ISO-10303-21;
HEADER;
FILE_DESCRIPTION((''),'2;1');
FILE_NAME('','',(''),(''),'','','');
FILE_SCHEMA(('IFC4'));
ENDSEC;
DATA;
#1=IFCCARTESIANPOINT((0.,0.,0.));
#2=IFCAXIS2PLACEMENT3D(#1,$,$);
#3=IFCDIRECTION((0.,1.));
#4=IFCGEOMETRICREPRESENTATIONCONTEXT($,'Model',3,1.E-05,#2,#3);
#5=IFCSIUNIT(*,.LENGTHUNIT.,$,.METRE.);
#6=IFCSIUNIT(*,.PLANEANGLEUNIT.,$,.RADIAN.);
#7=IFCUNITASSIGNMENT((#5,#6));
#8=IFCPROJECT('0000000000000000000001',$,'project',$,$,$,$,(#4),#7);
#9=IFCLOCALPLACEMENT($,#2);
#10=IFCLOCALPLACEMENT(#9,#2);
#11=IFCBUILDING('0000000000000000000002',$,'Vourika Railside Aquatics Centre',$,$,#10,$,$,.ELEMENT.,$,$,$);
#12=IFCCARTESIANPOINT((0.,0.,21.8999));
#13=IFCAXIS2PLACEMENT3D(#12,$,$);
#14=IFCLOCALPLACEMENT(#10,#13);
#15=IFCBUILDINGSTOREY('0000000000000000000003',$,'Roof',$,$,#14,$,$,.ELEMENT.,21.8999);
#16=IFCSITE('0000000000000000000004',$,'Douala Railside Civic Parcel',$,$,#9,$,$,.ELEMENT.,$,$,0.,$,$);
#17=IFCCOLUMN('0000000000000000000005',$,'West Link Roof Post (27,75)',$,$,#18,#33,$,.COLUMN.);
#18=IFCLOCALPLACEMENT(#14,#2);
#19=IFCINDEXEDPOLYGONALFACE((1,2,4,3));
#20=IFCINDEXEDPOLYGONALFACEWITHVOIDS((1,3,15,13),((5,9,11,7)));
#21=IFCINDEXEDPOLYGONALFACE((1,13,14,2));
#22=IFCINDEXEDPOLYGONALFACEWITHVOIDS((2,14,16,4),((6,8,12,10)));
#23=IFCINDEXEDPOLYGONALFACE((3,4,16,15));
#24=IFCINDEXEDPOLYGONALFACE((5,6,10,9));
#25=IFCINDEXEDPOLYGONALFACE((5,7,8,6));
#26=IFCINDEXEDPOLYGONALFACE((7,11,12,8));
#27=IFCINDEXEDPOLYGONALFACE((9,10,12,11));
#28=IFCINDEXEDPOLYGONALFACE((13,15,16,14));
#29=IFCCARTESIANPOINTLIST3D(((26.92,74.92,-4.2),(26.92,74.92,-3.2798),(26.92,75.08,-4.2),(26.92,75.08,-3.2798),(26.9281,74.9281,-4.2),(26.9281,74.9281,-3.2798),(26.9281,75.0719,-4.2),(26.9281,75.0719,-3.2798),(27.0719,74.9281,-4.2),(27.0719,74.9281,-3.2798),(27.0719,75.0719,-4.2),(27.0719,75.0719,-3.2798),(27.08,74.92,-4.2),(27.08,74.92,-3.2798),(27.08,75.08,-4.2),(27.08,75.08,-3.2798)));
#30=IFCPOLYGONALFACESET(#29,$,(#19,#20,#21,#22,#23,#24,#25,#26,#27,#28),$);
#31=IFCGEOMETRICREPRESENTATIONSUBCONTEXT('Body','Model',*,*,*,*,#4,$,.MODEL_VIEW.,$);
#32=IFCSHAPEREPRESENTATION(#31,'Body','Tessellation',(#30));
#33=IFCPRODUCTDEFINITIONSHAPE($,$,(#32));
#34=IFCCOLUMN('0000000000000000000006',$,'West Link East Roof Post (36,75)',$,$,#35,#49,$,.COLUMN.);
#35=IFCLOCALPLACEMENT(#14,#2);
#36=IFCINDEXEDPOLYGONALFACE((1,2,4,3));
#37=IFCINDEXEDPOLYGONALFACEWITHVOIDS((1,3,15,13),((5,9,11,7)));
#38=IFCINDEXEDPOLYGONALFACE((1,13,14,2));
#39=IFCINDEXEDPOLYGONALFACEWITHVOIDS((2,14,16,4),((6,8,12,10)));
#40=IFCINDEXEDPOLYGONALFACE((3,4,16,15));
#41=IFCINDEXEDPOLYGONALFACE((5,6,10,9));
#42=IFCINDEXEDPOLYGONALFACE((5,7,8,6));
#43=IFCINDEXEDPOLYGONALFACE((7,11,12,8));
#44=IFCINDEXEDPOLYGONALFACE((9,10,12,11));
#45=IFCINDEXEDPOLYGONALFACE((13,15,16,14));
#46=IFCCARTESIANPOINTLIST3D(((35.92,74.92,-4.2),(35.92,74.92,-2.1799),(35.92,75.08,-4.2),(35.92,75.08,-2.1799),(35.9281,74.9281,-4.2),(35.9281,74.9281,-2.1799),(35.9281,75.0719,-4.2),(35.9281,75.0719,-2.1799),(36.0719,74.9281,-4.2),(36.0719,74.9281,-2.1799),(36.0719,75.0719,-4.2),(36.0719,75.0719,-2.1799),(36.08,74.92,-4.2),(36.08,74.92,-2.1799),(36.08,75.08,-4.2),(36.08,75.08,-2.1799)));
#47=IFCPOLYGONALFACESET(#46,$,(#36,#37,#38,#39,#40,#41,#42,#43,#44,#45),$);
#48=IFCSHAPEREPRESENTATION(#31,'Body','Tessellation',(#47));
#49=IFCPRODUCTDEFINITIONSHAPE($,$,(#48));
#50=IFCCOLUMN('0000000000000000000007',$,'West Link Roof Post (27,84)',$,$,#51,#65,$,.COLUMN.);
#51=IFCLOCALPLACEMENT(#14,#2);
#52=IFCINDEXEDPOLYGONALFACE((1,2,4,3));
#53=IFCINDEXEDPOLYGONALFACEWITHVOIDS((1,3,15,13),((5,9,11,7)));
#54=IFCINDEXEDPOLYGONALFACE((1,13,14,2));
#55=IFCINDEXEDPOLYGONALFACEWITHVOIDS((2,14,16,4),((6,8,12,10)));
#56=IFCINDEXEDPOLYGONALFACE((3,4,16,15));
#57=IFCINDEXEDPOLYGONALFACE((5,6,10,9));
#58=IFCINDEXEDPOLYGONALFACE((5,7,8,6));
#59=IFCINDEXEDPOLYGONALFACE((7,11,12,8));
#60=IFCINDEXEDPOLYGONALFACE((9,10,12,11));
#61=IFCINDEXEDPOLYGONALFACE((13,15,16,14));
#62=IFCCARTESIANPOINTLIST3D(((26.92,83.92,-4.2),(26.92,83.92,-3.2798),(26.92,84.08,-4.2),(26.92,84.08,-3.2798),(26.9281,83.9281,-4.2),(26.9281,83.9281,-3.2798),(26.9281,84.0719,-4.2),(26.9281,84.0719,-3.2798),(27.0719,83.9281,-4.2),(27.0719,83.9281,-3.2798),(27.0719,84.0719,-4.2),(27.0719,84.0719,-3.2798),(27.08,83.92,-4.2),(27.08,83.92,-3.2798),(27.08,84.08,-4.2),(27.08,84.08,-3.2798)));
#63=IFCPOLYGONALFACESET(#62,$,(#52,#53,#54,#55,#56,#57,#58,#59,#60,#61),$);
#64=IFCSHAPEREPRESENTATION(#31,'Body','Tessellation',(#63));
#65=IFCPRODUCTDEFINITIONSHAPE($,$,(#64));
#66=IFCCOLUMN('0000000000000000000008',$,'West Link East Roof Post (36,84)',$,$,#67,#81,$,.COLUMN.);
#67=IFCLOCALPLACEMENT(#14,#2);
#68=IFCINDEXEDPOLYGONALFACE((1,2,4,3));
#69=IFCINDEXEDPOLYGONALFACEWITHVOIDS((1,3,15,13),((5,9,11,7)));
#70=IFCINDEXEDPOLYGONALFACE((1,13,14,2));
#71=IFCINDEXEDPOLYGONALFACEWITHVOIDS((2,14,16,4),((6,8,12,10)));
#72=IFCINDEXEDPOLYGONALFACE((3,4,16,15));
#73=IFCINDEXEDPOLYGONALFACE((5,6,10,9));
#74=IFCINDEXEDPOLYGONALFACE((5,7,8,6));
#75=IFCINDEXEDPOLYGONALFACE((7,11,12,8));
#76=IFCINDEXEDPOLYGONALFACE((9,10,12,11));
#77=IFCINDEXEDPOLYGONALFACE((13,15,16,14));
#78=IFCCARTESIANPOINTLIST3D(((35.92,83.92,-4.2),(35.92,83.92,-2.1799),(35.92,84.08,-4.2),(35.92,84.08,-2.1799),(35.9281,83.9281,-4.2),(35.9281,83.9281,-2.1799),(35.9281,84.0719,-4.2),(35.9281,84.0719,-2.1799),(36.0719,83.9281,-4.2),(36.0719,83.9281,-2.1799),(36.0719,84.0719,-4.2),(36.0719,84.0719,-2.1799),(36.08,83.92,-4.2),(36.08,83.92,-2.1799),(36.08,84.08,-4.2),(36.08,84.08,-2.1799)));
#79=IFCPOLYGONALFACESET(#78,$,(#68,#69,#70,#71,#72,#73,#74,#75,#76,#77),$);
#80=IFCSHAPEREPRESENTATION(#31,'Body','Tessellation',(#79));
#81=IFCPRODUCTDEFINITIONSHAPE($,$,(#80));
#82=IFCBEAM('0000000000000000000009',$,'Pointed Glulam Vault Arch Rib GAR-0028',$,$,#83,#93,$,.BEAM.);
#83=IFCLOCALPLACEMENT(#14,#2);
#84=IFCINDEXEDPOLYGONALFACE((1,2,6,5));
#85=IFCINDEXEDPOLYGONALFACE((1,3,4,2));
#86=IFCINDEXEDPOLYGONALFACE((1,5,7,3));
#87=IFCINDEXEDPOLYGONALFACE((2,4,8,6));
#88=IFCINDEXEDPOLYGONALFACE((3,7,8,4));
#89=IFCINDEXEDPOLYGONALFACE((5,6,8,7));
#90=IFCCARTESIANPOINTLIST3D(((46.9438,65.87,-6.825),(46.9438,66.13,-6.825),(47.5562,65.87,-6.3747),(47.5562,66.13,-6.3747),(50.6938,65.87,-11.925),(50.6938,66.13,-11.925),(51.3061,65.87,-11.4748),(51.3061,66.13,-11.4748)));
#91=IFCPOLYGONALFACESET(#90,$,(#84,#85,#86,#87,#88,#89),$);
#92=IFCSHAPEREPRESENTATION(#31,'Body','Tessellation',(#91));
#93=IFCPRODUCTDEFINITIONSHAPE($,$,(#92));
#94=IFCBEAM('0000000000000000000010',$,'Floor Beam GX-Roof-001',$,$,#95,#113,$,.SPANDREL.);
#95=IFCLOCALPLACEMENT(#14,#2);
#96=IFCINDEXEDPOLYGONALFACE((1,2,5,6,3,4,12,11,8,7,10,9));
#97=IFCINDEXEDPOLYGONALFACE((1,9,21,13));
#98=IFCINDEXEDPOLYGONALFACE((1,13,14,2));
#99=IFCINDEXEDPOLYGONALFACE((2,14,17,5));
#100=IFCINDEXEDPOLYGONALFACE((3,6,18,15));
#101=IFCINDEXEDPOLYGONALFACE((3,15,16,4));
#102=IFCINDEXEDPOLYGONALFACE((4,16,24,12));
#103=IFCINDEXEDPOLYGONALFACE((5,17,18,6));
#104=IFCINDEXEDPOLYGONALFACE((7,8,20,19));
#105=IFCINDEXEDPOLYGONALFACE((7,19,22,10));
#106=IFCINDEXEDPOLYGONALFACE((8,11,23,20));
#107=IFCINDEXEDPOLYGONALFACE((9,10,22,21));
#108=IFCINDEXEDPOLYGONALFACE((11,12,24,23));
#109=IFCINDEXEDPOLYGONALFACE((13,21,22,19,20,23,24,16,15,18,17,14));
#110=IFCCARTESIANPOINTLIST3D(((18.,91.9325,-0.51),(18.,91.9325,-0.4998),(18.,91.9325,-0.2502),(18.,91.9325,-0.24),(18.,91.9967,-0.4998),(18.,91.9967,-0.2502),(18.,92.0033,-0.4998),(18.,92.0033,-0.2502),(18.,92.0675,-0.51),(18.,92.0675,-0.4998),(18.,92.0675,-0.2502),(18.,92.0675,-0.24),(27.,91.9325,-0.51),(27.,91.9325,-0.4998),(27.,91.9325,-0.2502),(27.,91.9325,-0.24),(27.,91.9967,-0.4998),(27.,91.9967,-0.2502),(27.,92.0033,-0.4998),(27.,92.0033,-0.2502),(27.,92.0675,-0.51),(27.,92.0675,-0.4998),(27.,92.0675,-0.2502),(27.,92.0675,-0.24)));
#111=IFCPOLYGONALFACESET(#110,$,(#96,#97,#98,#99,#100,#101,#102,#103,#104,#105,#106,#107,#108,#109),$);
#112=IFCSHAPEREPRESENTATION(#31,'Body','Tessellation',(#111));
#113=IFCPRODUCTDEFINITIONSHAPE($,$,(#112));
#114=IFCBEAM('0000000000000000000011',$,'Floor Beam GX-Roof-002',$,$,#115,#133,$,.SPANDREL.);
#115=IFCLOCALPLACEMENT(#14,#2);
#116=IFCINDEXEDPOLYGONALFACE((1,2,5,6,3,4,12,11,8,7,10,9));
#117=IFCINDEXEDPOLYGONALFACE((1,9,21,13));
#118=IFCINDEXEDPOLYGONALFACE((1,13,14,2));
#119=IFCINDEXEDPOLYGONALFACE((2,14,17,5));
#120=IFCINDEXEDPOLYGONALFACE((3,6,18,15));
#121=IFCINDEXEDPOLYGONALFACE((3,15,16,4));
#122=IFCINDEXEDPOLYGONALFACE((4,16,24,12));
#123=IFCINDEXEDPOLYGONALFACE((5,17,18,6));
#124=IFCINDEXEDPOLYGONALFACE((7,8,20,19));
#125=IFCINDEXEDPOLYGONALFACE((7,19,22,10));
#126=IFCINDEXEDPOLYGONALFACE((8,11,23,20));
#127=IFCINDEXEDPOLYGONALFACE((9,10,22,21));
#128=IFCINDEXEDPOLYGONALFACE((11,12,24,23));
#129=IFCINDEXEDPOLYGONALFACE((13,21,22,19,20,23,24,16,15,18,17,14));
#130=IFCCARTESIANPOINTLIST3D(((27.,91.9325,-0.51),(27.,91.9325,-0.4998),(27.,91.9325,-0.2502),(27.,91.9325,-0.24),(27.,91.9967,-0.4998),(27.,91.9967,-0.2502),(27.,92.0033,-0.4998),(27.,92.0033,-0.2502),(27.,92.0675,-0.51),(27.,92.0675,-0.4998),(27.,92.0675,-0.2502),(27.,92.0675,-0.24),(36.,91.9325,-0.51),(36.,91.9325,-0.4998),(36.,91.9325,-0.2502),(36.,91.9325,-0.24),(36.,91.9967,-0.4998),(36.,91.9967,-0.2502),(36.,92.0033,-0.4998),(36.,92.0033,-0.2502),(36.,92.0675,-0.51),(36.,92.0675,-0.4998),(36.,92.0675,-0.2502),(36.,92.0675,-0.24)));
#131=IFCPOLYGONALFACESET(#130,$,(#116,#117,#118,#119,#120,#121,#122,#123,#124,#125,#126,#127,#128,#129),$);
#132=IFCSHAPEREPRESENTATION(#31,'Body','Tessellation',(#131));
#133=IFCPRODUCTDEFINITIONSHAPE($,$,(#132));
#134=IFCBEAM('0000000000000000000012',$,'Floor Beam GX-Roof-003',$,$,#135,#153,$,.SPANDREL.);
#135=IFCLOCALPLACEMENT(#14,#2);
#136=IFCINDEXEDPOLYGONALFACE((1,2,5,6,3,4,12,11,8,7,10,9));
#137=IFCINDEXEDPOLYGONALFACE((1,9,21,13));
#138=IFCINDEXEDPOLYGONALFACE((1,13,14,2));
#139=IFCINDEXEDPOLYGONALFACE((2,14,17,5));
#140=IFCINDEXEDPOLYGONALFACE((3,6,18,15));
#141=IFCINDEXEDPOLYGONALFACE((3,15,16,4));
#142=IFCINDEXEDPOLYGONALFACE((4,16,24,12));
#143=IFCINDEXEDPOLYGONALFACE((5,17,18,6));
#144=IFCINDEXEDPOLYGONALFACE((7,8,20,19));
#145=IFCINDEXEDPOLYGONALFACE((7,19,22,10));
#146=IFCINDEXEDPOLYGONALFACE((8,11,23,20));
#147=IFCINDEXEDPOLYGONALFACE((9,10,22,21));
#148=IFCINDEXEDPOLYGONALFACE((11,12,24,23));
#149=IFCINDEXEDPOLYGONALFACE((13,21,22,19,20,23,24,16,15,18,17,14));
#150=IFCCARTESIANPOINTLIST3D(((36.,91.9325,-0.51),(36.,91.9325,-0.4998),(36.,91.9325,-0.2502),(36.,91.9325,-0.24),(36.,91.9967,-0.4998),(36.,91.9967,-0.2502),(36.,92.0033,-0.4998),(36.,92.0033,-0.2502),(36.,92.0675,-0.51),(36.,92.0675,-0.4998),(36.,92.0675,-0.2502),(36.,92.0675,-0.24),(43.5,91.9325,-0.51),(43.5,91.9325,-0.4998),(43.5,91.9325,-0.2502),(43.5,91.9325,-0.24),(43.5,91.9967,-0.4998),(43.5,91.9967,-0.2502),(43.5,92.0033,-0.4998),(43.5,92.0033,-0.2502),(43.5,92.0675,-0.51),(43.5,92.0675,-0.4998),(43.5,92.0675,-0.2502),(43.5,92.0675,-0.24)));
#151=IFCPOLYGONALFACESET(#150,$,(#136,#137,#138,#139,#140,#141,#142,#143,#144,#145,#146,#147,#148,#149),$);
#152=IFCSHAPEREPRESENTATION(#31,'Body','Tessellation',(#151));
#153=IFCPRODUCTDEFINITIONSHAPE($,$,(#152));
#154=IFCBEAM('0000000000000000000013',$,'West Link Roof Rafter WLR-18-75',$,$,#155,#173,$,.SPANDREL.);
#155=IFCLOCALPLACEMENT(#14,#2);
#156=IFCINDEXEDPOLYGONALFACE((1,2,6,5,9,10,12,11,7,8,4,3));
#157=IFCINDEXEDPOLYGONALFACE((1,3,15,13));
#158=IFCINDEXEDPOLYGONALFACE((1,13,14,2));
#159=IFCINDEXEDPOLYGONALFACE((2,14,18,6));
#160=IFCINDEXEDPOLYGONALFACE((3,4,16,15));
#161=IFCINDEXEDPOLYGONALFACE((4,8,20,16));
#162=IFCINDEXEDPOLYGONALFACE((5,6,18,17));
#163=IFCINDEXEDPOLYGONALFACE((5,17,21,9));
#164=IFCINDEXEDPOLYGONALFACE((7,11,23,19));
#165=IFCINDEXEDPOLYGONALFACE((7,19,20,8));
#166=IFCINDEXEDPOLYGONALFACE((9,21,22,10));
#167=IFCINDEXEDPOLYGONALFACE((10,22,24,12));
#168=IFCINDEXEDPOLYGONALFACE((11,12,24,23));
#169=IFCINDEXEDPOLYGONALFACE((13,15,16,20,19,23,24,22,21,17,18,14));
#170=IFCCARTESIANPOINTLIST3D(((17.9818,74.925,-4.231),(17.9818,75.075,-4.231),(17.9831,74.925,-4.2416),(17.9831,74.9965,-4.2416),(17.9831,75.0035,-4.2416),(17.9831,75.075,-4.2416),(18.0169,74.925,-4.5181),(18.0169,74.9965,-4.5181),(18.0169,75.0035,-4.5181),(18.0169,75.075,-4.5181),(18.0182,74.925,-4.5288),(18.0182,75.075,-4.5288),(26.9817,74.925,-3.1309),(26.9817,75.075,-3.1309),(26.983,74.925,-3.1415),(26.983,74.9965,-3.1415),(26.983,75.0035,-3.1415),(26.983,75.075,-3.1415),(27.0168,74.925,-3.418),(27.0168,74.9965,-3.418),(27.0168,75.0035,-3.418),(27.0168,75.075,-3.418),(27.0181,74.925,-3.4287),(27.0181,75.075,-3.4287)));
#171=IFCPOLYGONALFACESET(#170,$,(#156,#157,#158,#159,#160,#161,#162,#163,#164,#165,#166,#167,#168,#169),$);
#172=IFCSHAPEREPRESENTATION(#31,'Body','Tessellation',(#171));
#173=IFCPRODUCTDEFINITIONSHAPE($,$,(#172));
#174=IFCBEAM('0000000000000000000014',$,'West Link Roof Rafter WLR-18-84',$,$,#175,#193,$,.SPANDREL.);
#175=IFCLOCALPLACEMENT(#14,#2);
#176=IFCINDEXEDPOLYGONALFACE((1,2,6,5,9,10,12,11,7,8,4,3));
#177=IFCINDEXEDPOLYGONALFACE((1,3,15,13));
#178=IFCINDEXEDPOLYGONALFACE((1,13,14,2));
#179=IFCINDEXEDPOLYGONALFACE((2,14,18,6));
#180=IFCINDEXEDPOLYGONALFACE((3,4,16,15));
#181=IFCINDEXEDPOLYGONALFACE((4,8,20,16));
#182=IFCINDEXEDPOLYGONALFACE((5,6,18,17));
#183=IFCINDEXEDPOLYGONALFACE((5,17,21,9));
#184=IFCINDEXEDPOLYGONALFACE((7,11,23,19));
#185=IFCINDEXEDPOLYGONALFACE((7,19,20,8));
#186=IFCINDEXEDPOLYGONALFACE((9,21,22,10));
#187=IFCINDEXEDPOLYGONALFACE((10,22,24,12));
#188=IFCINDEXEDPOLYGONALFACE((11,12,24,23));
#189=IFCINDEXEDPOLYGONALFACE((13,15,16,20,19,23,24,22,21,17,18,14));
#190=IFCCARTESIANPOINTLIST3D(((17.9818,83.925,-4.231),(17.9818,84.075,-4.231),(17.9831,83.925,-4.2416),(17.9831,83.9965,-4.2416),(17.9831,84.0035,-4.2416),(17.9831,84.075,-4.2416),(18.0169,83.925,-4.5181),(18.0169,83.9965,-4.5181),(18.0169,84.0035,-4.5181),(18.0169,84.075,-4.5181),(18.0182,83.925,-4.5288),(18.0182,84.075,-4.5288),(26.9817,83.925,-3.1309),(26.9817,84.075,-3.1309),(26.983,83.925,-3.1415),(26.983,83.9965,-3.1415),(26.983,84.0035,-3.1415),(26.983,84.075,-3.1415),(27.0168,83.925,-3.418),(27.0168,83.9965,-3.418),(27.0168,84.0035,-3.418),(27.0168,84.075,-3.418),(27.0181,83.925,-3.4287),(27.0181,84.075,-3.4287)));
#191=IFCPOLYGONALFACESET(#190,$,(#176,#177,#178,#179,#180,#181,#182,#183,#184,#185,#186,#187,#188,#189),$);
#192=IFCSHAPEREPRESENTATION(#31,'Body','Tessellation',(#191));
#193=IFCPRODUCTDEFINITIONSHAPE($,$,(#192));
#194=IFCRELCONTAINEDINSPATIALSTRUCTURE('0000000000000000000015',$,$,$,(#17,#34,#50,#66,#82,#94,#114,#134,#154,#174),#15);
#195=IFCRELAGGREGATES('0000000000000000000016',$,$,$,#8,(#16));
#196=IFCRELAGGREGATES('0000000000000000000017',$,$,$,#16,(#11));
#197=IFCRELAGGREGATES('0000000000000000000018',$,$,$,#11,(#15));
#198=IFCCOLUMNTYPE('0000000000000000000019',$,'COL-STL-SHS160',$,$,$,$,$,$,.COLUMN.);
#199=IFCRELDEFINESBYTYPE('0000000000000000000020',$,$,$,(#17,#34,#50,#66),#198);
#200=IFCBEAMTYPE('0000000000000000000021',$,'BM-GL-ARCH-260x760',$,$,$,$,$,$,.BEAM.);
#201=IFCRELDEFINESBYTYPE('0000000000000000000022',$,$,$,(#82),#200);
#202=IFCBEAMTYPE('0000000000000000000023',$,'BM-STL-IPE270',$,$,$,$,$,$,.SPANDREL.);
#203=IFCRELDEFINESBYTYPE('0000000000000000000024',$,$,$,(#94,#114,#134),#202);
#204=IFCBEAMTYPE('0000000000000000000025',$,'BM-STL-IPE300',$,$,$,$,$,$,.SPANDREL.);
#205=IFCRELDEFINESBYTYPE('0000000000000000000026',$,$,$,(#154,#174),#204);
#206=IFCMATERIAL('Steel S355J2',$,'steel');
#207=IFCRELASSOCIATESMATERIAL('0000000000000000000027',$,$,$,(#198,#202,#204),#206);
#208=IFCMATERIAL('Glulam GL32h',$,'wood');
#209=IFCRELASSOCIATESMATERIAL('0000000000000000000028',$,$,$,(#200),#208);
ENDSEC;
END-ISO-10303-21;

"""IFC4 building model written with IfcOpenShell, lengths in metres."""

from ifc_helpers import new_model, si_unit, direction, frame, origin, origin_2d, place, context, subcontext, project, spatial, rectangle, hollow_rectangle, i_section, extrude, material, material_profile, profile_set, type_object, element, save


model = new_model("IFC4")

# Units and contexts
model_context = context("Model", 3, precision=1e-05, world=origin(), true_north=direction((0.0, 1.0)))
body_context = subcontext(model_context, "Body", "Model", "MODEL_VIEW")
ifc_project = project(units=[si_unit("LENGTHUNIT", "METRE"), si_unit("PLANEANGLEUNIT", "RADIAN")], contexts=[model_context])

# Site, building, storey
site_placement = place(None, origin())
site = spatial("IfcSite", under=ifc_project, at=site_placement, Name="Douala Railside Civic Parcel", CompositionType="ELEMENT", RefElevation=0.0)
building_placement = place(site_placement, origin())
building = spatial("IfcBuilding", under=site, at=building_placement, Name="Vourika Railside Aquatics Centre", CompositionType="ELEMENT")
storey_placement = place(building_placement, frame((0.0, 0.0, 21.8999)))
storey = spatial("IfcBuildingStorey", under=building, at=storey_placement, Name="Roof", CompositionType="ELEMENT", Elevation=21.8999)

# Columns
ifc_material_1 = material(Name="Steel S355J2", Category="steel")
ifc_material_profile_1 = material_profile(ifc_material_1, hollow_rectangle(XDim=0.1599, YDim=0.1599, WallThickness=0.0081, at=origin_2d()), Name="SHS 160x160x8")
ifc_profile_set_1 = profile_set([ifc_material_profile_1], Name="Steel S355J2")
column_type = type_object("IfcColumnType", Name="COL-STL-SHS160", PredefinedType="COLUMN", material=ifc_profile_set_1)
column_1_placement = place(storey_placement, frame((27.0, 75.0, -4.2), z_axis=(0.0, 0.0, 1.0), x_axis=(1.0, 0.0, 0.0)))
element("IfcColumn", 1, at=column_1_placement, inside=storey, type_object=column_type, Name="West Link Roof Post (27,75)", PredefinedType="COLUMN", context=body_context, shape_type="SweptSolid", body=[
    extrude(hollow_rectangle(XDim=0.1599, YDim=0.1599, WallThickness=0.0081, at=origin_2d()), origin(), (0.0, 0.0, 1.0), 0.9202),
])
column_2_placement = place(storey_placement, frame((36.0, 75.0, -4.2), z_axis=(0.0, 0.0, 1.0), x_axis=(1.0, 0.0, 0.0)))
element("IfcColumn", 2, at=column_2_placement, inside=storey, type_object=column_type, Name="West Link East Roof Post (36,75)", PredefinedType="COLUMN", context=body_context, shape_type="SweptSolid", body=[
    extrude(hollow_rectangle(XDim=0.1599, YDim=0.1599, WallThickness=0.0081, at=origin_2d()), origin(), (0.0, 0.0, 1.0), 2.02),
])
column_3_placement = place(storey_placement, frame((27.0, 84.0, -4.2), z_axis=(0.0, 0.0, 1.0), x_axis=(1.0, 0.0, 0.0)))
element("IfcColumn", 3, at=column_3_placement, inside=storey, type_object=column_type, Name="West Link Roof Post (27,84)", PredefinedType="COLUMN", context=body_context, shape_type="SweptSolid", body=[
    extrude(hollow_rectangle(XDim=0.1599, YDim=0.1599, WallThickness=0.0081, at=origin_2d()), origin(), (0.0, 0.0, 1.0), 0.9202),
])
column_4_placement = place(storey_placement, frame((36.0, 84.0, -4.2), z_axis=(0.0, 0.0, 1.0), x_axis=(1.0, 0.0, 0.0)))
element("IfcColumn", 4, at=column_4_placement, inside=storey, type_object=column_type, Name="West Link East Roof Post (36,84)", PredefinedType="COLUMN", context=body_context, shape_type="SweptSolid", body=[
    extrude(hollow_rectangle(XDim=0.1599, YDim=0.1599, WallThickness=0.0081, at=origin_2d()), origin(), (0.0, 0.0, 1.0), 2.02),
])

# Beams
ifc_material_2 = material(Name="Glulam GL32h", Category="wood")
ifc_material_profile_2 = material_profile(ifc_material_2, rectangle(XDim=0.26, YDim=0.76, at=origin_2d()), Name="GL32h 260x760")
ifc_profile_set_2 = profile_set([ifc_material_profile_2], Name="Glulam GL32h")
beam_type_1 = type_object("IfcBeamType", Name="BM-GL-ARCH-260x760", PredefinedType="BEAM", material=ifc_profile_set_2)
beam_1_placement = place(storey_placement, frame((47.25, 66.0, -6.5999), z_axis=(0.592383, 0.0, -0.805656), x_axis=(0.0, 1.0, 0.0)))
element("IfcBeam", 5, at=beam_1_placement, inside=storey, type_object=beam_type_1, Name="Pointed Glulam Vault Arch Rib GAR-0028", PredefinedType="BEAM", context=body_context, shape_type="SweptSolid", body=[
    extrude(rectangle(XDim=0.26, YDim=0.76, at=origin_2d()), origin(), (0.0, 0.0, 1.0), 6.3303),
])
ifc_material_profile_3 = material_profile(ifc_material_1, i_section(OverallWidth=0.135, OverallDepth=0.27, WebThickness=0.0066, FlangeThickness=0.0103, at=origin_2d()), Name="IPE 270")
ifc_profile_set_3 = profile_set([ifc_material_profile_3], Name="Steel S355J2")
beam_type_2 = type_object("IfcBeamType", Name="BM-STL-IPE270", PredefinedType="SPANDREL", material=ifc_profile_set_3)
for number, where, z_axis, x_axis, name in (
    (6, (18.0, 92.0, -0.375), (1.0, 0.0, 0.0), (0.0, 1.0, 0.0), "Floor Beam GX-Roof-001"),
    (7, (27.0, 92.0, -0.375), (1.0, 0.0, 0.0), (0.0, 1.0, 0.0), "Floor Beam GX-Roof-002"),
):
    element("IfcBeam", number, at=place(storey_placement, frame(where, z_axis=z_axis, x_axis=x_axis)), inside=storey, type_object=beam_type_2, Name=name, PredefinedType="SPANDREL", context=body_context, shape_type="SweptSolid", body=[
        extrude(i_section(OverallWidth=0.135, OverallDepth=0.27, WebThickness=0.0066, FlangeThickness=0.0103, at=origin_2d()), origin(), (0.0, 0.0, 1.0), 9.0),
    ])
beam_2_placement = place(storey_placement, frame((36.0, 92.0, -0.375), z_axis=(1.0, 0.0, 0.0), x_axis=(0.0, 1.0, 0.0)))
element("IfcBeam", 8, at=beam_2_placement, inside=storey, type_object=beam_type_2, Name="Floor Beam GX-Roof-003", PredefinedType="SPANDREL", context=body_context, shape_type="SweptSolid", body=[
    extrude(i_section(OverallWidth=0.135, OverallDepth=0.27, WebThickness=0.0066, FlangeThickness=0.0103, at=origin_2d()), origin(), (0.0, 0.0, 1.0), 7.5),
])
ifc_material_profile_4 = material_profile(ifc_material_1, i_section(OverallWidth=0.1499, OverallDepth=0.3, WebThickness=0.0071, FlangeThickness=0.0107, at=origin_2d()), Name="IPE 300")
ifc_profile_set_4 = profile_set([ifc_material_profile_4], Name="Steel S355J2")
beam_type_3 = type_object("IfcBeamType", Name="BM-STL-IPE300", PredefinedType="SPANDREL", material=ifc_profile_set_4)
for number, where, z_axis, x_axis, name in (
    (9, (18.0, 75.0, -4.3799), (0.992612, 0.0, 0.12133), (0.0, 1.0, 0.0), "West Link Roof Rafter WLR-18-75"),
    (10, (18.0, 84.0, -4.3799), (0.992612, 0.0, 0.12133), (0.0, 1.0, 0.0), "West Link Roof Rafter WLR-18-84"),
):
    element("IfcBeam", number, at=place(storey_placement, frame(where, z_axis=z_axis, x_axis=x_axis)), inside=storey, type_object=beam_type_3, Name=name, PredefinedType="SPANDREL", context=body_context, shape_type="SweptSolid", body=[
        extrude(i_section(OverallWidth=0.1499, OverallDepth=0.3, WebThickness=0.0071, FlangeThickness=0.0107, at=origin_2d()), origin(), (0.0, 0.0, 1.0), 9.0669),
    ])

save(model, "model.ifc")
